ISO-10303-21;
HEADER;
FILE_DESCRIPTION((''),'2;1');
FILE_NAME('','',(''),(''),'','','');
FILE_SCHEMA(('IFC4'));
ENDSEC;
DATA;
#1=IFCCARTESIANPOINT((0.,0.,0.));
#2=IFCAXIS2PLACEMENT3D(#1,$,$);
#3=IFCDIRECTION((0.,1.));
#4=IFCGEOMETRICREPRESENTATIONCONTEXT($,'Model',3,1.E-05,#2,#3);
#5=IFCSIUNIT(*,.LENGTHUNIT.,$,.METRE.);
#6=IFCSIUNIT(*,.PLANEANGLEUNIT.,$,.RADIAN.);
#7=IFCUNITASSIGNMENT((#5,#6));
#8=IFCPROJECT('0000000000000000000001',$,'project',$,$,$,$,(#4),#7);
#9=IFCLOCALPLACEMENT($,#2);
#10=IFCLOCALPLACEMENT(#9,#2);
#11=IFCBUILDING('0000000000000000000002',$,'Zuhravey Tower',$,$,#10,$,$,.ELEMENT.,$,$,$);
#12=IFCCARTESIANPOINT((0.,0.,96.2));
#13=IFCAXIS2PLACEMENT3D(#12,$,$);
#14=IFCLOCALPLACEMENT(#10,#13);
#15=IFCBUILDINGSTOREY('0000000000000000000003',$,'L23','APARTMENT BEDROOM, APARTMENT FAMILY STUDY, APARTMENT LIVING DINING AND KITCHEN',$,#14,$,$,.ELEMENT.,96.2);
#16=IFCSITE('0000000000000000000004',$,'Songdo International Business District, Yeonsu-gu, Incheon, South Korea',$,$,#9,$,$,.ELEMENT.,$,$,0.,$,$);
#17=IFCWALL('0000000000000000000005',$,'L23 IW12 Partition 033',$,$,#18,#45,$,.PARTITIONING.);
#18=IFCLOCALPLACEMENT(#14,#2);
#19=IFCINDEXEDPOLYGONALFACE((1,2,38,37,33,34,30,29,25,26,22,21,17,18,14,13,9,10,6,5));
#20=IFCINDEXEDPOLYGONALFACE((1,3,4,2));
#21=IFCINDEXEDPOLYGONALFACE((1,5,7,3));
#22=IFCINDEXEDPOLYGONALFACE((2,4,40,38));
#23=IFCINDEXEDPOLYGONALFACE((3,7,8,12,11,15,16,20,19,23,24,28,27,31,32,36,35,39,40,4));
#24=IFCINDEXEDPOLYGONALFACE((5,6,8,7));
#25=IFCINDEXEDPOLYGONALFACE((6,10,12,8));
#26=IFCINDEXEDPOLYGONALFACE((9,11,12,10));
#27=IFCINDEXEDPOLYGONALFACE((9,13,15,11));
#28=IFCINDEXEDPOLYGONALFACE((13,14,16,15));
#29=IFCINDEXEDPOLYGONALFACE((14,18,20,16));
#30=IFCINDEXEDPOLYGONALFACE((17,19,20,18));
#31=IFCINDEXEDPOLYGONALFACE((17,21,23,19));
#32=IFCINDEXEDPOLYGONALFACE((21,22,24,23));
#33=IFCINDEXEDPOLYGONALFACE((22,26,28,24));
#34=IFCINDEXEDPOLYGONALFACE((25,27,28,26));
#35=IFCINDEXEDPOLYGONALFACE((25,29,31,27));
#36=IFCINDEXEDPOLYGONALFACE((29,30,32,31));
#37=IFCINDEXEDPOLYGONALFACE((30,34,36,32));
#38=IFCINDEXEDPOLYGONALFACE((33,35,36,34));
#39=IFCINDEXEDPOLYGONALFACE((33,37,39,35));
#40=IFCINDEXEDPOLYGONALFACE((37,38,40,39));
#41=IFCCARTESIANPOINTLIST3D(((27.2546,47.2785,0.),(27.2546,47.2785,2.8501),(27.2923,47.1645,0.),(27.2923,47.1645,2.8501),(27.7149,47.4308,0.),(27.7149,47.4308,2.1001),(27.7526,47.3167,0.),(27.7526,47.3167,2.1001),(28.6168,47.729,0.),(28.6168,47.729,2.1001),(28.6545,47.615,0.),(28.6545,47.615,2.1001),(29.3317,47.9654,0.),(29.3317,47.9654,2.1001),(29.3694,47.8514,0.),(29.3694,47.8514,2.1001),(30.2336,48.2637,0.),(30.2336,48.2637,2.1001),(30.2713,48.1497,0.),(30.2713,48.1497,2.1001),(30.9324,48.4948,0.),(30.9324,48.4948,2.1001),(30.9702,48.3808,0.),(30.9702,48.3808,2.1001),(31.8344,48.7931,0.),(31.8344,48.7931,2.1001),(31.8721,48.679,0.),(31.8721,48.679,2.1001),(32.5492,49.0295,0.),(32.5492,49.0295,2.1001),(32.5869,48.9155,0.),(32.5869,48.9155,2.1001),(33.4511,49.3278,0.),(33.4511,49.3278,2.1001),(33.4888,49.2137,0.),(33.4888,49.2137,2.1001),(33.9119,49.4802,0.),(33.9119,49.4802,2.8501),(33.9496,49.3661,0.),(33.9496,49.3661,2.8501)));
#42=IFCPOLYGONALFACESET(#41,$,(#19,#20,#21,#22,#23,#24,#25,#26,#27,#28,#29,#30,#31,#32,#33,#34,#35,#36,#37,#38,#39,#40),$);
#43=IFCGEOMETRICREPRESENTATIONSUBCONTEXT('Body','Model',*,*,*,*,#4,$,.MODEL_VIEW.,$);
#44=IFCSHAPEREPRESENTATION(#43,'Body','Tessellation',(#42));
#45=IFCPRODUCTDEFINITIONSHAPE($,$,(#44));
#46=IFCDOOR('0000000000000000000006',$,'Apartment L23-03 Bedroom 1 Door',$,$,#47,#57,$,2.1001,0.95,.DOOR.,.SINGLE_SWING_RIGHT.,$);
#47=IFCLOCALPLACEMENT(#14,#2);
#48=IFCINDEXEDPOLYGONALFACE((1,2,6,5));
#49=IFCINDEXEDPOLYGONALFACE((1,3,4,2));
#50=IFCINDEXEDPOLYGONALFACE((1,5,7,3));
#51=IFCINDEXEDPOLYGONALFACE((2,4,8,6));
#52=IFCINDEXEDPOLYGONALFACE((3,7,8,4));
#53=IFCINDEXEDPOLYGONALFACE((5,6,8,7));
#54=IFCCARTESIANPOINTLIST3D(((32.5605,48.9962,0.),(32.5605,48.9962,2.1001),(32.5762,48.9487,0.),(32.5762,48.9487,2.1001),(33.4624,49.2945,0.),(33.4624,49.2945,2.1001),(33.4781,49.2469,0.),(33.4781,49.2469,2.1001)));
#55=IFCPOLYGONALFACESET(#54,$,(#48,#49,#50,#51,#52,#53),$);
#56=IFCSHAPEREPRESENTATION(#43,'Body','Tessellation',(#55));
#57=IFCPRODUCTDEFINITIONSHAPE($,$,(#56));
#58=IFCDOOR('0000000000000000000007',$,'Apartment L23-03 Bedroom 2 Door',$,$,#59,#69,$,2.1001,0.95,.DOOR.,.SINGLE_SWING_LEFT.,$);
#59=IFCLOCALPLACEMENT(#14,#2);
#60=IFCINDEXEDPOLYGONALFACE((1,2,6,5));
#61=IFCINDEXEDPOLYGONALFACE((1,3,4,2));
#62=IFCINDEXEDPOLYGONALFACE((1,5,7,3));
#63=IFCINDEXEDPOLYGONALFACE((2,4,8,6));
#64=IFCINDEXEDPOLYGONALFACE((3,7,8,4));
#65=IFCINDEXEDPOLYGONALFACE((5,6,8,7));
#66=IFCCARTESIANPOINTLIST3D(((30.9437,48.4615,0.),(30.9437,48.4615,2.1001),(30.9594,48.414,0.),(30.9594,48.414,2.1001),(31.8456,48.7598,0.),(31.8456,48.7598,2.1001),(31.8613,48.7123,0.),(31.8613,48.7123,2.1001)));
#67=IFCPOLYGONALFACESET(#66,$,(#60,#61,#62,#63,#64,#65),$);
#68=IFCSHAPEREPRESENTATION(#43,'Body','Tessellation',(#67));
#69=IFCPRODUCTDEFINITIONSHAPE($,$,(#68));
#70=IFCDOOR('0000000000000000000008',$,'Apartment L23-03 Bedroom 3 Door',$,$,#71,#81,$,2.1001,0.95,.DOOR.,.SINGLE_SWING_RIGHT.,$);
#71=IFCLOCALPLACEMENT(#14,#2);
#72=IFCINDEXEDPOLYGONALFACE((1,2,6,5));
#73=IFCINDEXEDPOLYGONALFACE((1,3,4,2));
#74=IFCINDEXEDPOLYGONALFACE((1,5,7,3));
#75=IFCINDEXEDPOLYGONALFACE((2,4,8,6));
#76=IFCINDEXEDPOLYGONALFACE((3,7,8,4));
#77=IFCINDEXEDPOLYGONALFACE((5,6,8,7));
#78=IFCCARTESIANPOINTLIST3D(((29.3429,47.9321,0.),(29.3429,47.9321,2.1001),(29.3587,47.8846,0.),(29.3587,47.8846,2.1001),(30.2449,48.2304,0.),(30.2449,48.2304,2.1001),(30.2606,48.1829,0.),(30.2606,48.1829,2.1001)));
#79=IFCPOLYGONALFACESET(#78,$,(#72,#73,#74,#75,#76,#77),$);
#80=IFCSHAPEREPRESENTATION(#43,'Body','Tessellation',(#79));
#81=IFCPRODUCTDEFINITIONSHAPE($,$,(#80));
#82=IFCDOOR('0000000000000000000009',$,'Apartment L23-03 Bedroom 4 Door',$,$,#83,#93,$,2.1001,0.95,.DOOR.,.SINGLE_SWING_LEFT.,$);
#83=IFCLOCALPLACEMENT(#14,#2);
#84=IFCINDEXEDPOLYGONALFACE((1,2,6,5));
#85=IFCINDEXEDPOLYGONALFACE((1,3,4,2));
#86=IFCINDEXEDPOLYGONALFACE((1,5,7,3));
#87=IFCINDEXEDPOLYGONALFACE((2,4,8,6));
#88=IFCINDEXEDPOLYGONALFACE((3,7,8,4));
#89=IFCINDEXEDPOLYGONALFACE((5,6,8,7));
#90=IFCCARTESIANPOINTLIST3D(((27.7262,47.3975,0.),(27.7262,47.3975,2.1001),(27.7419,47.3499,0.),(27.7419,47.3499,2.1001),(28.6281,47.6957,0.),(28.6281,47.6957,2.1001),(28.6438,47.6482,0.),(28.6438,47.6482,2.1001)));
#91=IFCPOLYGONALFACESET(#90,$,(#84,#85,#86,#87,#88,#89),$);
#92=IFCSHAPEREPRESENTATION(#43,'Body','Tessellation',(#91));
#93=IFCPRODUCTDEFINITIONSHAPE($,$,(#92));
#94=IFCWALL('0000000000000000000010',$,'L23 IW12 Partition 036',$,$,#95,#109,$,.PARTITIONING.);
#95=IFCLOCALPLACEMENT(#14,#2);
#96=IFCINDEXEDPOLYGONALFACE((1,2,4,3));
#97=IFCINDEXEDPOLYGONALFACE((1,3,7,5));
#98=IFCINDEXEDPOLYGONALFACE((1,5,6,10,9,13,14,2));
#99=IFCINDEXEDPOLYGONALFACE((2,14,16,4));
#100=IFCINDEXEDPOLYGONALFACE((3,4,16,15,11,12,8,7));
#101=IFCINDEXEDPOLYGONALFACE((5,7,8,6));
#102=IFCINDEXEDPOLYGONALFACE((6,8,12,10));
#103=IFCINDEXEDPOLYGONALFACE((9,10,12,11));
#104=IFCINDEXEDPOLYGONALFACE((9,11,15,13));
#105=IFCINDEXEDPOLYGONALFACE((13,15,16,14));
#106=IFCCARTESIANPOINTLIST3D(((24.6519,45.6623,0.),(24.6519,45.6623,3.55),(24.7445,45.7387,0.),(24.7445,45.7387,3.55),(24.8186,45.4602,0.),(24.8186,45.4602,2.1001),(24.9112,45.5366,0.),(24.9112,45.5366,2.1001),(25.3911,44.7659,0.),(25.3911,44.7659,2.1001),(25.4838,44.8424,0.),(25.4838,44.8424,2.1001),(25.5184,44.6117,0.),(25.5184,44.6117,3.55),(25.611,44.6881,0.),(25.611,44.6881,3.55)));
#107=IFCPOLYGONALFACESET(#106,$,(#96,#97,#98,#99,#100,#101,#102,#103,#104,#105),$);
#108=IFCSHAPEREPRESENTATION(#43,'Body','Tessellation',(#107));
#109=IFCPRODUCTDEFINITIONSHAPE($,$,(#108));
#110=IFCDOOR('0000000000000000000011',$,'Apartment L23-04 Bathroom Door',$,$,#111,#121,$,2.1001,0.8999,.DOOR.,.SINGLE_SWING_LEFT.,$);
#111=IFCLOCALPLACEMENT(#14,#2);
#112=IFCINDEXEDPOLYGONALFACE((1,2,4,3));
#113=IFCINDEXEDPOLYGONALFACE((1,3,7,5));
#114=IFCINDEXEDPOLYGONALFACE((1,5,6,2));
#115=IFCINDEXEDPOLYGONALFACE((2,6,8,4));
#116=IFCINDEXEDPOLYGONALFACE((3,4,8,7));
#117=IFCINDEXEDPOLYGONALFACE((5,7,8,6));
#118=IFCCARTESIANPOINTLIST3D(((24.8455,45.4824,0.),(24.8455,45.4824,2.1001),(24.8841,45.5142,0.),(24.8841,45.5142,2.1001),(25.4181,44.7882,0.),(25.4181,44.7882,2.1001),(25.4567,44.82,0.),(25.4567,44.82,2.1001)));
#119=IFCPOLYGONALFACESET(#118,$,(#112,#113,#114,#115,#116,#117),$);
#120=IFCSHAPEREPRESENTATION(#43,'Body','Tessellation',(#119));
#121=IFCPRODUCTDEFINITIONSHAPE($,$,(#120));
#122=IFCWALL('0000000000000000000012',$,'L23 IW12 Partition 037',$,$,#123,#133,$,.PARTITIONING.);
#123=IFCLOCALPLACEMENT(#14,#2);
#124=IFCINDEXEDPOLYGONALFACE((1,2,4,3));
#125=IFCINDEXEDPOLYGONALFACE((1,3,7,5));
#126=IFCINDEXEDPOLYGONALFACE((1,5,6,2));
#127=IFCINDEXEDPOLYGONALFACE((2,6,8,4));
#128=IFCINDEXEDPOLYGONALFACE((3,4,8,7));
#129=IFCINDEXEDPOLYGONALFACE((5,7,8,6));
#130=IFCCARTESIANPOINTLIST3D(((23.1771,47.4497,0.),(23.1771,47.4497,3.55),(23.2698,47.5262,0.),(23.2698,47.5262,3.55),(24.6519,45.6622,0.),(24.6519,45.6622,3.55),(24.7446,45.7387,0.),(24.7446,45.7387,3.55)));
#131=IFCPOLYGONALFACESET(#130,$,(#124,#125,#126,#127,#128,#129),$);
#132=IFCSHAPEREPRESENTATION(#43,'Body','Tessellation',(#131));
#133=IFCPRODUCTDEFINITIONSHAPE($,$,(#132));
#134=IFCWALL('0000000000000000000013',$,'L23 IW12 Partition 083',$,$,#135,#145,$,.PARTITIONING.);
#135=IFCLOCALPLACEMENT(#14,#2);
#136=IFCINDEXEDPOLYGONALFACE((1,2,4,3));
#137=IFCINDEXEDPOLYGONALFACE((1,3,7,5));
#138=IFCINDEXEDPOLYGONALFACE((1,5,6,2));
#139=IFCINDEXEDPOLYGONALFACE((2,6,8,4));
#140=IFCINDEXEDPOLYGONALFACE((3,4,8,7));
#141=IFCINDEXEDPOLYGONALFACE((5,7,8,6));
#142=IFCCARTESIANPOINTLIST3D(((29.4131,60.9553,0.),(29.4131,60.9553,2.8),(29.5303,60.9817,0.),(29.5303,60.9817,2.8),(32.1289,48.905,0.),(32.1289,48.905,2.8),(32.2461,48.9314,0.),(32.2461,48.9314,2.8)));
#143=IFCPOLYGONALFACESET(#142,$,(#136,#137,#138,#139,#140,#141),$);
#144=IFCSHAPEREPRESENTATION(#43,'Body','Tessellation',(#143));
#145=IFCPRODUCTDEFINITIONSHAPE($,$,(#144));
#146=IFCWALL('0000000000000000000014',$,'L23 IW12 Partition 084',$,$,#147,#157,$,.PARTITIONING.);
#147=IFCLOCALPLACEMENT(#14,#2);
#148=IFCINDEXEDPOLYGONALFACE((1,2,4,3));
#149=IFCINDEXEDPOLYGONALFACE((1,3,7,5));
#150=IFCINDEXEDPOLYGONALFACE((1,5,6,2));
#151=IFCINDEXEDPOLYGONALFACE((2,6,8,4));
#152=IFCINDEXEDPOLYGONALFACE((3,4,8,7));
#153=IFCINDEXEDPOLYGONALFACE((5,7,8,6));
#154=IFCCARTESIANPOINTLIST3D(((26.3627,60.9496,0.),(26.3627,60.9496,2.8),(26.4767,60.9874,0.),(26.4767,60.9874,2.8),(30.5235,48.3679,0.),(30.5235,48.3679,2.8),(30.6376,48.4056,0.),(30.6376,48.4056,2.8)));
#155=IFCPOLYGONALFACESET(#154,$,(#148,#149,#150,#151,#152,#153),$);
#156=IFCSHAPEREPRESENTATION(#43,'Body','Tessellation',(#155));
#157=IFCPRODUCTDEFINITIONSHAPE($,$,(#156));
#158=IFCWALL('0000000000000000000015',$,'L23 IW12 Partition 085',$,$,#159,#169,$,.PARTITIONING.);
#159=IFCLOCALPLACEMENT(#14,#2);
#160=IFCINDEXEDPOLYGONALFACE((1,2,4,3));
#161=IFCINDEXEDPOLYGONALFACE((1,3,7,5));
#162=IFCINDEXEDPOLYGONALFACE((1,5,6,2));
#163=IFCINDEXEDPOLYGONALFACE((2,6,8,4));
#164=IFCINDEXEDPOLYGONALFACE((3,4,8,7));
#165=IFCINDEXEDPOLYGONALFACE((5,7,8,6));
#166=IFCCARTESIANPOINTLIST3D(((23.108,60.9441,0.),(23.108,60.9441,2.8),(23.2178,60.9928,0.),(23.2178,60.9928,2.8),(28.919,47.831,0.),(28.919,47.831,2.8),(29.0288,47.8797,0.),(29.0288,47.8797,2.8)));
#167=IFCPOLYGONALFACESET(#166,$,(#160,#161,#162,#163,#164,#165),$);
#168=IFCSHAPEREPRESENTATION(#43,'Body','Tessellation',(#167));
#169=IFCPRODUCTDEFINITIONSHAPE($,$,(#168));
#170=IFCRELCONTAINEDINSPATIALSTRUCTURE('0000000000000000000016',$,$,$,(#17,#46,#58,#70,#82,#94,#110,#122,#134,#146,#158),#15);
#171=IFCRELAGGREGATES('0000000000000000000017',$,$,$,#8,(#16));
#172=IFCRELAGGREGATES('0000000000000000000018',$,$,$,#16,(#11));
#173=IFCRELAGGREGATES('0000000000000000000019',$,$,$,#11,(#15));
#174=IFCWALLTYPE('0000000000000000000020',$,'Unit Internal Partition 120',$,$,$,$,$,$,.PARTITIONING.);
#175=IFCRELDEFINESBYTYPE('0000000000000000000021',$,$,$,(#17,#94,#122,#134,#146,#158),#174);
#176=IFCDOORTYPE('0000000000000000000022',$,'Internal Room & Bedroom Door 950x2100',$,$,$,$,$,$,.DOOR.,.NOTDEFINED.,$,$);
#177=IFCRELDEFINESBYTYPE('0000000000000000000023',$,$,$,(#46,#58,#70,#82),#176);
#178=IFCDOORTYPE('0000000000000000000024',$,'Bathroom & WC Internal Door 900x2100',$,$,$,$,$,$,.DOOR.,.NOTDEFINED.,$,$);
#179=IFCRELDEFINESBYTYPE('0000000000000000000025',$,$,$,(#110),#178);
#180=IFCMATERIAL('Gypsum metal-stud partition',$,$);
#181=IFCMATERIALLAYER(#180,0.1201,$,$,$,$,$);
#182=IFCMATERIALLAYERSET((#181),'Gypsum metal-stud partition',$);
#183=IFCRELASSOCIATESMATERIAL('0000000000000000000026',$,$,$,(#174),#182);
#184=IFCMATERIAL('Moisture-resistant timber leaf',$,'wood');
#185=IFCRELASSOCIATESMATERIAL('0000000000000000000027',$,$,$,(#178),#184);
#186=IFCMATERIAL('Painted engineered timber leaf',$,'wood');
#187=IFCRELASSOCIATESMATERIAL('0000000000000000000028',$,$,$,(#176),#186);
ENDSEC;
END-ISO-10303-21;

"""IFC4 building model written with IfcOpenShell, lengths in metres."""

from ifc_helpers import new_model, si_unit, direction, frame, frame_2d, origin, place, context, subcontext, project, spatial, rectangle, extrude, material, layer, layer_set, type_object, element, fill, save


model = new_model("IFC4")

# Units and contexts
model_context = context("Model", 3, precision=1e-05, world=origin(), true_north=direction((0.0, 1.0)))
body_context = subcontext(model_context, "Body", "Model", "MODEL_VIEW")
ifc_project = project(units=[si_unit("LENGTHUNIT", "METRE"), si_unit("PLANEANGLEUNIT", "RADIAN")], contexts=[model_context])

# Site, building, storey
site_placement = place(None, origin())
site = spatial("IfcSite", under=ifc_project, at=site_placement, Name="Songdo International Business District, Yeonsu-gu, Incheon, South Korea", CompositionType="ELEMENT", RefElevation=0.0)
building_placement = place(site_placement, origin())
building = spatial("IfcBuilding", under=site, at=building_placement, Name="Zuhravey Tower", CompositionType="ELEMENT")
storey_placement = place(building_placement, frame((0.0, 0.0, 96.2)))
storey = spatial("IfcBuildingStorey", under=building, at=storey_placement, Name="L23", Description="APARTMENT BEDROOM, APARTMENT FAMILY STUDY, APARTMENT LIVING DINING AND KITCHEN", CompositionType="ELEMENT", Elevation=96.2)

# Wall, openings, doors
ifc_material_1 = material(Name="Gypsum metal-stud partition")
ifc_layer_1 = layer(ifc_material_1, 0.1201)
ifc_layer_set_1 = layer_set([ifc_layer_1], Name="Gypsum metal-stud partition")
wall_type_1 = type_object("IfcWallType", Name="Unit Internal Partition 120", PredefinedType="PARTITIONING", material=ifc_layer_set_1)
ifc_material_2 = material(Name="Moisture-resistant timber leaf", Category="wood")
door_type_1 = type_object("IfcDoorType", Name="Bathroom & WC Internal Door 900x2100", OperationType="NOTDEFINED", PredefinedType="DOOR", material=ifc_material_2)
ifc_material_3 = material(Name="Painted engineered timber leaf", Category="wood")
door_type_2 = type_object("IfcDoorType", Name="Internal Room & Bedroom Door 950x2100", OperationType="NOTDEFINED", PredefinedType="DOOR", material=ifc_material_3)
wall_1_placement = place(storey_placement, frame((33.9307, 49.4231, 0.0), z_axis=(0.0, 0.0, 1.0), x_axis=(-0.949429, -0.313981, 0.0)))
wall_1 = element("IfcWall", 1, at=wall_1_placement, inside=storey, type_object=wall_type_1, Name="L23 IW12 Partition 033", PredefinedType="PARTITIONING", context=body_context, shape_type="SweptSolid", body=[
    extrude(rectangle(XDim=7.012, YDim=0.1201, at=frame_2d((3.5059, 0.0))), origin(), (0.0, 0.0, 1.0), 2.8501),
])
opening_1_placement = place(wall_1_placement, frame((0.4851, 0.0, 0.0)))
opening_1 = element("IfcOpeningElement", 2, at=opening_1_placement, cuts=wall_1, PredefinedType="OPENING", context=body_context, shape_type="SweptSolid", body=[
    extrude(rectangle(XDim=0.95, YDim=2.1001, at=frame_2d((0.4751, 1.05))), frame((0.0, 0.072, 0.0), z_axis=(0.0, -1.0, 0.0), x_axis=(1.0, 0.0, 0.0)), (0.0, 0.0, 1.0), 0.144),
])
opening_2_placement = place(wall_1_placement, frame((2.188, 0.0, 0.0)))
opening_2 = element("IfcOpeningElement", 3, at=opening_2_placement, cuts=wall_1, PredefinedType="OPENING", context=body_context, shape_type="SweptSolid", body=[
    extrude(rectangle(XDim=0.95, YDim=2.1001, at=frame_2d((0.4751, 1.05))), frame((0.0, 0.072, 0.0), z_axis=(0.0, -1.0, 0.0), x_axis=(1.0, 0.0, 0.0)), (0.0, 0.0, 1.0), 0.144),
])
opening_3_placement = place(wall_1_placement, frame((3.874, 0.0, 0.0)))
opening_3 = element("IfcOpeningElement", 4, at=opening_3_placement, cuts=wall_1, PredefinedType="OPENING", context=body_context, shape_type="SweptSolid", body=[
    extrude(rectangle(XDim=0.95, YDim=2.1001, at=frame_2d((0.4751, 1.05))), frame((0.0, 0.072, 0.0), z_axis=(0.0, -1.0, 0.0), x_axis=(1.0, 0.0, 0.0)), (0.0, 0.0, 1.0), 0.144),
])
opening_4_placement = place(wall_1_placement, frame((5.5769, 0.0, 0.0)))
opening_4 = element("IfcOpeningElement", 5, at=opening_4_placement, cuts=wall_1, PredefinedType="OPENING", context=body_context, shape_type="SweptSolid", body=[
    extrude(rectangle(XDim=0.95, YDim=2.1001, at=frame_2d((0.4751, 1.05))), frame((0.0, 0.072, 0.0), z_axis=(0.0, -1.0, 0.0), x_axis=(1.0, 0.0, 0.0)), (0.0, 0.0, 1.0), 0.144),
])
door_1_placement = place(opening_1_placement, frame((0.95, 0.0, 0.0), z_axis=(0.0, 0.0, 1.0), x_axis=(-1.0, 0.0, 0.0)))
door_1 = element("IfcDoor", 6, at=door_1_placement, inside=storey, type_object=door_type_2, Name="Apartment L23-03 Bedroom 1 Door", OperationType="SINGLE_SWING_RIGHT", OverallHeight=2.1001, OverallWidth=0.95, PredefinedType="DOOR", context=body_context, shape_type="SweptSolid", body=[
    extrude(rectangle(XDim=0.95, YDim=2.1001, at=frame_2d((0.4751, 1.05))), frame((0.0, 0.0249, 0.0), z_axis=(0.0, -1.0, 0.0), x_axis=(1.0, 0.0, 0.0)), (0.0, 0.0, 1.0), 0.05),
])
fill(opening_1, door_1)
door_2_placement = place(opening_2_placement, frame((0.95, 0.0, 0.0), z_axis=(0.0, 0.0, 1.0), x_axis=(-1.0, 0.0, 0.0)))
door_2 = element("IfcDoor", 7, at=door_2_placement, inside=storey, type_object=door_type_2, Name="Apartment L23-03 Bedroom 2 Door", OperationType="SINGLE_SWING_LEFT", OverallHeight=2.1001, OverallWidth=0.95, PredefinedType="DOOR", context=body_context, shape_type="SweptSolid", body=[
    extrude(rectangle(XDim=0.95, YDim=2.1001, at=frame_2d((0.4751, 1.05))), frame((0.0, 0.0249, 0.0), z_axis=(0.0, -1.0, 0.0), x_axis=(1.0, 0.0, 0.0)), (0.0, 0.0, 1.0), 0.05),
])
fill(opening_2, door_2)
door_3_placement = place(opening_3_placement, frame((0.95, 0.0, 0.0), z_axis=(0.0, 0.0, 1.0), x_axis=(-1.0, 0.0, 0.0)))
door_3 = element("IfcDoor", 8, at=door_3_placement, inside=storey, type_object=door_type_2, Name="Apartment L23-03 Bedroom 3 Door", OperationType="SINGLE_SWING_RIGHT", OverallHeight=2.1001, OverallWidth=0.95, PredefinedType="DOOR", context=body_context, shape_type="SweptSolid", body=[
    extrude(rectangle(XDim=0.95, YDim=2.1001, at=frame_2d((0.4751, 1.05))), frame((0.0, 0.0249, 0.0), z_axis=(0.0, -1.0, 0.0), x_axis=(1.0, 0.0, 0.0)), (0.0, 0.0, 1.0), 0.05),
])
fill(opening_3, door_3)
door_4_placement = place(opening_4_placement, frame((0.95, 0.0, 0.0), z_axis=(0.0, 0.0, 1.0), x_axis=(-1.0, 0.0, 0.0)))
door_4 = element("IfcDoor", 9, at=door_4_placement, inside=storey, type_object=door_type_2, Name="Apartment L23-03 Bedroom 4 Door", OperationType="SINGLE_SWING_LEFT", OverallHeight=2.1001, OverallWidth=0.95, PredefinedType="DOOR", context=body_context, shape_type="SweptSolid", body=[
    extrude(rectangle(XDim=0.95, YDim=2.1001, at=frame_2d((0.4751, 1.05))), frame((0.0, 0.0249, 0.0), z_axis=(0.0, -1.0, 0.0), x_axis=(1.0, 0.0, 0.0)), (0.0, 0.0, 1.0), 0.05),
])
fill(opening_4, door_4)

# Wall, opening, door
wall_2_placement = place(storey_placement, frame((25.5647, 44.6499, 0.0), z_axis=(0.0, 0.0, 1.0), x_axis=(-0.636279, 0.771459, 0.0)))
wall_2 = element("IfcWall", 10, at=wall_2_placement, inside=storey, type_object=wall_type_1, Name="L23 IW12 Partition 036", PredefinedType="PARTITIONING", context=body_context, shape_type="SweptSolid", body=[
    extrude(rectangle(XDim=1.3618, YDim=0.1201, at=frame_2d((0.6809, 0.0))), origin(), (0.0, 0.0, 1.0), 3.55),
])
opening_5_placement = place(wall_2_placement, frame((0.2, 0.0, 0.0)))
opening_5 = element("IfcOpeningElement", 11, at=opening_5_placement, cuts=wall_2, PredefinedType="OPENING", context=body_context, shape_type="SweptSolid", body=[
    extrude(rectangle(XDim=0.8999, YDim=2.1001, at=frame_2d((0.45, 1.05))), frame((0.0, 0.072, 0.0), z_axis=(0.0, -1.0, 0.0), x_axis=(1.0, 0.0, 0.0)), (0.0, 0.0, 1.0), 0.144),
])
door_5_placement = place(opening_5_placement, frame((0.8999, 0.0, 0.0), z_axis=(0.0, 0.0, 1.0), x_axis=(-1.0, 0.0, 0.0)))
door_5 = element("IfcDoor", 12, at=door_5_placement, inside=storey, type_object=door_type_1, Name="Apartment L23-04 Bathroom Door", OperationType="SINGLE_SWING_LEFT", OverallHeight=2.1001, OverallWidth=0.8999, PredefinedType="DOOR", context=body_context, shape_type="SweptSolid", body=[
    extrude(rectangle(XDim=0.8999, YDim=2.1001, at=frame_2d((0.45, 1.05))), frame((0.0, 0.0249, 0.0), z_axis=(0.0, -1.0, 0.0), x_axis=(1.0, 0.0, 0.0)), (0.0, 0.0, 1.0), 0.05),
])
fill(opening_5, door_5)

# Walls
wall_3_placement = place(storey_placement, frame((24.6982, 45.7004, 0.0), z_axis=(0.0, 0.0, 1.0), x_axis=(-0.636405, 0.771355, 0.0)))
element("IfcWall", 13, at=wall_3_placement, inside=storey, type_object=wall_type_1, Name="L23 IW12 Partition 037", PredefinedType="PARTITIONING", context=body_context, shape_type="SweptSolid", body=[
    extrude(rectangle(XDim=2.3174, YDim=0.1201, at=frame_2d((1.1587, 0.0))), origin(), (0.0, 0.0, 1.0), 3.55),
])
wall_4_placement = place(storey_placement, frame((32.1875, 48.9182, 0.0), z_axis=(0.0, 0.0, 1.0), x_axis=(-0.219859, 0.975532, 0.0)))
element("IfcWall", 14, at=wall_4_placement, inside=storey, type_object=wall_type_1, Name="L23 IW12 Partition 083", PredefinedType="PARTITIONING", context=body_context, shape_type="SweptSolid", body=[
    extrude(rectangle(XDim=12.3525, YDim=0.1201, at=frame_2d((6.1763, 0.0))), origin(), (0.0, 0.0, 1.0), 2.8),
])
wall_5_placement = place(storey_placement, frame((30.5806, 48.3867, 0.0), z_axis=(0.0, 0.0, 1.0), x_axis=(-0.313983, 0.949429, 0.0)))
element("IfcWall", 15, at=wall_5_placement, inside=storey, type_object=wall_type_1, Name="L23 IW12 Partition 084", PredefinedType="PARTITIONING", context=body_context, shape_type="SweptSolid", body=[
    extrude(rectangle(XDim=13.252, YDim=0.1201, at=frame_2d((6.626, 0.0))), origin(), (0.0, 0.0, 1.0), 2.8),
])
wall_6_placement = place(storey_placement, frame((28.9739, 47.8555, 0.0), z_axis=(0.0, 0.0, 1.0), x_axis=(-0.40515, 0.91425, 0.0)))
element("IfcWall", 16, at=wall_6_placement, inside=storey, type_object=wall_type_1, Name="L23 IW12 Partition 085", PredefinedType="PARTITIONING", context=body_context, shape_type="SweptSolid", body=[
    extrude(rectangle(XDim=14.343, YDim=0.1201, at=frame_2d((7.1714, 0.0))), origin(), (0.0, 0.0, 1.0), 2.8),
])

save(model, "model.ifc")
